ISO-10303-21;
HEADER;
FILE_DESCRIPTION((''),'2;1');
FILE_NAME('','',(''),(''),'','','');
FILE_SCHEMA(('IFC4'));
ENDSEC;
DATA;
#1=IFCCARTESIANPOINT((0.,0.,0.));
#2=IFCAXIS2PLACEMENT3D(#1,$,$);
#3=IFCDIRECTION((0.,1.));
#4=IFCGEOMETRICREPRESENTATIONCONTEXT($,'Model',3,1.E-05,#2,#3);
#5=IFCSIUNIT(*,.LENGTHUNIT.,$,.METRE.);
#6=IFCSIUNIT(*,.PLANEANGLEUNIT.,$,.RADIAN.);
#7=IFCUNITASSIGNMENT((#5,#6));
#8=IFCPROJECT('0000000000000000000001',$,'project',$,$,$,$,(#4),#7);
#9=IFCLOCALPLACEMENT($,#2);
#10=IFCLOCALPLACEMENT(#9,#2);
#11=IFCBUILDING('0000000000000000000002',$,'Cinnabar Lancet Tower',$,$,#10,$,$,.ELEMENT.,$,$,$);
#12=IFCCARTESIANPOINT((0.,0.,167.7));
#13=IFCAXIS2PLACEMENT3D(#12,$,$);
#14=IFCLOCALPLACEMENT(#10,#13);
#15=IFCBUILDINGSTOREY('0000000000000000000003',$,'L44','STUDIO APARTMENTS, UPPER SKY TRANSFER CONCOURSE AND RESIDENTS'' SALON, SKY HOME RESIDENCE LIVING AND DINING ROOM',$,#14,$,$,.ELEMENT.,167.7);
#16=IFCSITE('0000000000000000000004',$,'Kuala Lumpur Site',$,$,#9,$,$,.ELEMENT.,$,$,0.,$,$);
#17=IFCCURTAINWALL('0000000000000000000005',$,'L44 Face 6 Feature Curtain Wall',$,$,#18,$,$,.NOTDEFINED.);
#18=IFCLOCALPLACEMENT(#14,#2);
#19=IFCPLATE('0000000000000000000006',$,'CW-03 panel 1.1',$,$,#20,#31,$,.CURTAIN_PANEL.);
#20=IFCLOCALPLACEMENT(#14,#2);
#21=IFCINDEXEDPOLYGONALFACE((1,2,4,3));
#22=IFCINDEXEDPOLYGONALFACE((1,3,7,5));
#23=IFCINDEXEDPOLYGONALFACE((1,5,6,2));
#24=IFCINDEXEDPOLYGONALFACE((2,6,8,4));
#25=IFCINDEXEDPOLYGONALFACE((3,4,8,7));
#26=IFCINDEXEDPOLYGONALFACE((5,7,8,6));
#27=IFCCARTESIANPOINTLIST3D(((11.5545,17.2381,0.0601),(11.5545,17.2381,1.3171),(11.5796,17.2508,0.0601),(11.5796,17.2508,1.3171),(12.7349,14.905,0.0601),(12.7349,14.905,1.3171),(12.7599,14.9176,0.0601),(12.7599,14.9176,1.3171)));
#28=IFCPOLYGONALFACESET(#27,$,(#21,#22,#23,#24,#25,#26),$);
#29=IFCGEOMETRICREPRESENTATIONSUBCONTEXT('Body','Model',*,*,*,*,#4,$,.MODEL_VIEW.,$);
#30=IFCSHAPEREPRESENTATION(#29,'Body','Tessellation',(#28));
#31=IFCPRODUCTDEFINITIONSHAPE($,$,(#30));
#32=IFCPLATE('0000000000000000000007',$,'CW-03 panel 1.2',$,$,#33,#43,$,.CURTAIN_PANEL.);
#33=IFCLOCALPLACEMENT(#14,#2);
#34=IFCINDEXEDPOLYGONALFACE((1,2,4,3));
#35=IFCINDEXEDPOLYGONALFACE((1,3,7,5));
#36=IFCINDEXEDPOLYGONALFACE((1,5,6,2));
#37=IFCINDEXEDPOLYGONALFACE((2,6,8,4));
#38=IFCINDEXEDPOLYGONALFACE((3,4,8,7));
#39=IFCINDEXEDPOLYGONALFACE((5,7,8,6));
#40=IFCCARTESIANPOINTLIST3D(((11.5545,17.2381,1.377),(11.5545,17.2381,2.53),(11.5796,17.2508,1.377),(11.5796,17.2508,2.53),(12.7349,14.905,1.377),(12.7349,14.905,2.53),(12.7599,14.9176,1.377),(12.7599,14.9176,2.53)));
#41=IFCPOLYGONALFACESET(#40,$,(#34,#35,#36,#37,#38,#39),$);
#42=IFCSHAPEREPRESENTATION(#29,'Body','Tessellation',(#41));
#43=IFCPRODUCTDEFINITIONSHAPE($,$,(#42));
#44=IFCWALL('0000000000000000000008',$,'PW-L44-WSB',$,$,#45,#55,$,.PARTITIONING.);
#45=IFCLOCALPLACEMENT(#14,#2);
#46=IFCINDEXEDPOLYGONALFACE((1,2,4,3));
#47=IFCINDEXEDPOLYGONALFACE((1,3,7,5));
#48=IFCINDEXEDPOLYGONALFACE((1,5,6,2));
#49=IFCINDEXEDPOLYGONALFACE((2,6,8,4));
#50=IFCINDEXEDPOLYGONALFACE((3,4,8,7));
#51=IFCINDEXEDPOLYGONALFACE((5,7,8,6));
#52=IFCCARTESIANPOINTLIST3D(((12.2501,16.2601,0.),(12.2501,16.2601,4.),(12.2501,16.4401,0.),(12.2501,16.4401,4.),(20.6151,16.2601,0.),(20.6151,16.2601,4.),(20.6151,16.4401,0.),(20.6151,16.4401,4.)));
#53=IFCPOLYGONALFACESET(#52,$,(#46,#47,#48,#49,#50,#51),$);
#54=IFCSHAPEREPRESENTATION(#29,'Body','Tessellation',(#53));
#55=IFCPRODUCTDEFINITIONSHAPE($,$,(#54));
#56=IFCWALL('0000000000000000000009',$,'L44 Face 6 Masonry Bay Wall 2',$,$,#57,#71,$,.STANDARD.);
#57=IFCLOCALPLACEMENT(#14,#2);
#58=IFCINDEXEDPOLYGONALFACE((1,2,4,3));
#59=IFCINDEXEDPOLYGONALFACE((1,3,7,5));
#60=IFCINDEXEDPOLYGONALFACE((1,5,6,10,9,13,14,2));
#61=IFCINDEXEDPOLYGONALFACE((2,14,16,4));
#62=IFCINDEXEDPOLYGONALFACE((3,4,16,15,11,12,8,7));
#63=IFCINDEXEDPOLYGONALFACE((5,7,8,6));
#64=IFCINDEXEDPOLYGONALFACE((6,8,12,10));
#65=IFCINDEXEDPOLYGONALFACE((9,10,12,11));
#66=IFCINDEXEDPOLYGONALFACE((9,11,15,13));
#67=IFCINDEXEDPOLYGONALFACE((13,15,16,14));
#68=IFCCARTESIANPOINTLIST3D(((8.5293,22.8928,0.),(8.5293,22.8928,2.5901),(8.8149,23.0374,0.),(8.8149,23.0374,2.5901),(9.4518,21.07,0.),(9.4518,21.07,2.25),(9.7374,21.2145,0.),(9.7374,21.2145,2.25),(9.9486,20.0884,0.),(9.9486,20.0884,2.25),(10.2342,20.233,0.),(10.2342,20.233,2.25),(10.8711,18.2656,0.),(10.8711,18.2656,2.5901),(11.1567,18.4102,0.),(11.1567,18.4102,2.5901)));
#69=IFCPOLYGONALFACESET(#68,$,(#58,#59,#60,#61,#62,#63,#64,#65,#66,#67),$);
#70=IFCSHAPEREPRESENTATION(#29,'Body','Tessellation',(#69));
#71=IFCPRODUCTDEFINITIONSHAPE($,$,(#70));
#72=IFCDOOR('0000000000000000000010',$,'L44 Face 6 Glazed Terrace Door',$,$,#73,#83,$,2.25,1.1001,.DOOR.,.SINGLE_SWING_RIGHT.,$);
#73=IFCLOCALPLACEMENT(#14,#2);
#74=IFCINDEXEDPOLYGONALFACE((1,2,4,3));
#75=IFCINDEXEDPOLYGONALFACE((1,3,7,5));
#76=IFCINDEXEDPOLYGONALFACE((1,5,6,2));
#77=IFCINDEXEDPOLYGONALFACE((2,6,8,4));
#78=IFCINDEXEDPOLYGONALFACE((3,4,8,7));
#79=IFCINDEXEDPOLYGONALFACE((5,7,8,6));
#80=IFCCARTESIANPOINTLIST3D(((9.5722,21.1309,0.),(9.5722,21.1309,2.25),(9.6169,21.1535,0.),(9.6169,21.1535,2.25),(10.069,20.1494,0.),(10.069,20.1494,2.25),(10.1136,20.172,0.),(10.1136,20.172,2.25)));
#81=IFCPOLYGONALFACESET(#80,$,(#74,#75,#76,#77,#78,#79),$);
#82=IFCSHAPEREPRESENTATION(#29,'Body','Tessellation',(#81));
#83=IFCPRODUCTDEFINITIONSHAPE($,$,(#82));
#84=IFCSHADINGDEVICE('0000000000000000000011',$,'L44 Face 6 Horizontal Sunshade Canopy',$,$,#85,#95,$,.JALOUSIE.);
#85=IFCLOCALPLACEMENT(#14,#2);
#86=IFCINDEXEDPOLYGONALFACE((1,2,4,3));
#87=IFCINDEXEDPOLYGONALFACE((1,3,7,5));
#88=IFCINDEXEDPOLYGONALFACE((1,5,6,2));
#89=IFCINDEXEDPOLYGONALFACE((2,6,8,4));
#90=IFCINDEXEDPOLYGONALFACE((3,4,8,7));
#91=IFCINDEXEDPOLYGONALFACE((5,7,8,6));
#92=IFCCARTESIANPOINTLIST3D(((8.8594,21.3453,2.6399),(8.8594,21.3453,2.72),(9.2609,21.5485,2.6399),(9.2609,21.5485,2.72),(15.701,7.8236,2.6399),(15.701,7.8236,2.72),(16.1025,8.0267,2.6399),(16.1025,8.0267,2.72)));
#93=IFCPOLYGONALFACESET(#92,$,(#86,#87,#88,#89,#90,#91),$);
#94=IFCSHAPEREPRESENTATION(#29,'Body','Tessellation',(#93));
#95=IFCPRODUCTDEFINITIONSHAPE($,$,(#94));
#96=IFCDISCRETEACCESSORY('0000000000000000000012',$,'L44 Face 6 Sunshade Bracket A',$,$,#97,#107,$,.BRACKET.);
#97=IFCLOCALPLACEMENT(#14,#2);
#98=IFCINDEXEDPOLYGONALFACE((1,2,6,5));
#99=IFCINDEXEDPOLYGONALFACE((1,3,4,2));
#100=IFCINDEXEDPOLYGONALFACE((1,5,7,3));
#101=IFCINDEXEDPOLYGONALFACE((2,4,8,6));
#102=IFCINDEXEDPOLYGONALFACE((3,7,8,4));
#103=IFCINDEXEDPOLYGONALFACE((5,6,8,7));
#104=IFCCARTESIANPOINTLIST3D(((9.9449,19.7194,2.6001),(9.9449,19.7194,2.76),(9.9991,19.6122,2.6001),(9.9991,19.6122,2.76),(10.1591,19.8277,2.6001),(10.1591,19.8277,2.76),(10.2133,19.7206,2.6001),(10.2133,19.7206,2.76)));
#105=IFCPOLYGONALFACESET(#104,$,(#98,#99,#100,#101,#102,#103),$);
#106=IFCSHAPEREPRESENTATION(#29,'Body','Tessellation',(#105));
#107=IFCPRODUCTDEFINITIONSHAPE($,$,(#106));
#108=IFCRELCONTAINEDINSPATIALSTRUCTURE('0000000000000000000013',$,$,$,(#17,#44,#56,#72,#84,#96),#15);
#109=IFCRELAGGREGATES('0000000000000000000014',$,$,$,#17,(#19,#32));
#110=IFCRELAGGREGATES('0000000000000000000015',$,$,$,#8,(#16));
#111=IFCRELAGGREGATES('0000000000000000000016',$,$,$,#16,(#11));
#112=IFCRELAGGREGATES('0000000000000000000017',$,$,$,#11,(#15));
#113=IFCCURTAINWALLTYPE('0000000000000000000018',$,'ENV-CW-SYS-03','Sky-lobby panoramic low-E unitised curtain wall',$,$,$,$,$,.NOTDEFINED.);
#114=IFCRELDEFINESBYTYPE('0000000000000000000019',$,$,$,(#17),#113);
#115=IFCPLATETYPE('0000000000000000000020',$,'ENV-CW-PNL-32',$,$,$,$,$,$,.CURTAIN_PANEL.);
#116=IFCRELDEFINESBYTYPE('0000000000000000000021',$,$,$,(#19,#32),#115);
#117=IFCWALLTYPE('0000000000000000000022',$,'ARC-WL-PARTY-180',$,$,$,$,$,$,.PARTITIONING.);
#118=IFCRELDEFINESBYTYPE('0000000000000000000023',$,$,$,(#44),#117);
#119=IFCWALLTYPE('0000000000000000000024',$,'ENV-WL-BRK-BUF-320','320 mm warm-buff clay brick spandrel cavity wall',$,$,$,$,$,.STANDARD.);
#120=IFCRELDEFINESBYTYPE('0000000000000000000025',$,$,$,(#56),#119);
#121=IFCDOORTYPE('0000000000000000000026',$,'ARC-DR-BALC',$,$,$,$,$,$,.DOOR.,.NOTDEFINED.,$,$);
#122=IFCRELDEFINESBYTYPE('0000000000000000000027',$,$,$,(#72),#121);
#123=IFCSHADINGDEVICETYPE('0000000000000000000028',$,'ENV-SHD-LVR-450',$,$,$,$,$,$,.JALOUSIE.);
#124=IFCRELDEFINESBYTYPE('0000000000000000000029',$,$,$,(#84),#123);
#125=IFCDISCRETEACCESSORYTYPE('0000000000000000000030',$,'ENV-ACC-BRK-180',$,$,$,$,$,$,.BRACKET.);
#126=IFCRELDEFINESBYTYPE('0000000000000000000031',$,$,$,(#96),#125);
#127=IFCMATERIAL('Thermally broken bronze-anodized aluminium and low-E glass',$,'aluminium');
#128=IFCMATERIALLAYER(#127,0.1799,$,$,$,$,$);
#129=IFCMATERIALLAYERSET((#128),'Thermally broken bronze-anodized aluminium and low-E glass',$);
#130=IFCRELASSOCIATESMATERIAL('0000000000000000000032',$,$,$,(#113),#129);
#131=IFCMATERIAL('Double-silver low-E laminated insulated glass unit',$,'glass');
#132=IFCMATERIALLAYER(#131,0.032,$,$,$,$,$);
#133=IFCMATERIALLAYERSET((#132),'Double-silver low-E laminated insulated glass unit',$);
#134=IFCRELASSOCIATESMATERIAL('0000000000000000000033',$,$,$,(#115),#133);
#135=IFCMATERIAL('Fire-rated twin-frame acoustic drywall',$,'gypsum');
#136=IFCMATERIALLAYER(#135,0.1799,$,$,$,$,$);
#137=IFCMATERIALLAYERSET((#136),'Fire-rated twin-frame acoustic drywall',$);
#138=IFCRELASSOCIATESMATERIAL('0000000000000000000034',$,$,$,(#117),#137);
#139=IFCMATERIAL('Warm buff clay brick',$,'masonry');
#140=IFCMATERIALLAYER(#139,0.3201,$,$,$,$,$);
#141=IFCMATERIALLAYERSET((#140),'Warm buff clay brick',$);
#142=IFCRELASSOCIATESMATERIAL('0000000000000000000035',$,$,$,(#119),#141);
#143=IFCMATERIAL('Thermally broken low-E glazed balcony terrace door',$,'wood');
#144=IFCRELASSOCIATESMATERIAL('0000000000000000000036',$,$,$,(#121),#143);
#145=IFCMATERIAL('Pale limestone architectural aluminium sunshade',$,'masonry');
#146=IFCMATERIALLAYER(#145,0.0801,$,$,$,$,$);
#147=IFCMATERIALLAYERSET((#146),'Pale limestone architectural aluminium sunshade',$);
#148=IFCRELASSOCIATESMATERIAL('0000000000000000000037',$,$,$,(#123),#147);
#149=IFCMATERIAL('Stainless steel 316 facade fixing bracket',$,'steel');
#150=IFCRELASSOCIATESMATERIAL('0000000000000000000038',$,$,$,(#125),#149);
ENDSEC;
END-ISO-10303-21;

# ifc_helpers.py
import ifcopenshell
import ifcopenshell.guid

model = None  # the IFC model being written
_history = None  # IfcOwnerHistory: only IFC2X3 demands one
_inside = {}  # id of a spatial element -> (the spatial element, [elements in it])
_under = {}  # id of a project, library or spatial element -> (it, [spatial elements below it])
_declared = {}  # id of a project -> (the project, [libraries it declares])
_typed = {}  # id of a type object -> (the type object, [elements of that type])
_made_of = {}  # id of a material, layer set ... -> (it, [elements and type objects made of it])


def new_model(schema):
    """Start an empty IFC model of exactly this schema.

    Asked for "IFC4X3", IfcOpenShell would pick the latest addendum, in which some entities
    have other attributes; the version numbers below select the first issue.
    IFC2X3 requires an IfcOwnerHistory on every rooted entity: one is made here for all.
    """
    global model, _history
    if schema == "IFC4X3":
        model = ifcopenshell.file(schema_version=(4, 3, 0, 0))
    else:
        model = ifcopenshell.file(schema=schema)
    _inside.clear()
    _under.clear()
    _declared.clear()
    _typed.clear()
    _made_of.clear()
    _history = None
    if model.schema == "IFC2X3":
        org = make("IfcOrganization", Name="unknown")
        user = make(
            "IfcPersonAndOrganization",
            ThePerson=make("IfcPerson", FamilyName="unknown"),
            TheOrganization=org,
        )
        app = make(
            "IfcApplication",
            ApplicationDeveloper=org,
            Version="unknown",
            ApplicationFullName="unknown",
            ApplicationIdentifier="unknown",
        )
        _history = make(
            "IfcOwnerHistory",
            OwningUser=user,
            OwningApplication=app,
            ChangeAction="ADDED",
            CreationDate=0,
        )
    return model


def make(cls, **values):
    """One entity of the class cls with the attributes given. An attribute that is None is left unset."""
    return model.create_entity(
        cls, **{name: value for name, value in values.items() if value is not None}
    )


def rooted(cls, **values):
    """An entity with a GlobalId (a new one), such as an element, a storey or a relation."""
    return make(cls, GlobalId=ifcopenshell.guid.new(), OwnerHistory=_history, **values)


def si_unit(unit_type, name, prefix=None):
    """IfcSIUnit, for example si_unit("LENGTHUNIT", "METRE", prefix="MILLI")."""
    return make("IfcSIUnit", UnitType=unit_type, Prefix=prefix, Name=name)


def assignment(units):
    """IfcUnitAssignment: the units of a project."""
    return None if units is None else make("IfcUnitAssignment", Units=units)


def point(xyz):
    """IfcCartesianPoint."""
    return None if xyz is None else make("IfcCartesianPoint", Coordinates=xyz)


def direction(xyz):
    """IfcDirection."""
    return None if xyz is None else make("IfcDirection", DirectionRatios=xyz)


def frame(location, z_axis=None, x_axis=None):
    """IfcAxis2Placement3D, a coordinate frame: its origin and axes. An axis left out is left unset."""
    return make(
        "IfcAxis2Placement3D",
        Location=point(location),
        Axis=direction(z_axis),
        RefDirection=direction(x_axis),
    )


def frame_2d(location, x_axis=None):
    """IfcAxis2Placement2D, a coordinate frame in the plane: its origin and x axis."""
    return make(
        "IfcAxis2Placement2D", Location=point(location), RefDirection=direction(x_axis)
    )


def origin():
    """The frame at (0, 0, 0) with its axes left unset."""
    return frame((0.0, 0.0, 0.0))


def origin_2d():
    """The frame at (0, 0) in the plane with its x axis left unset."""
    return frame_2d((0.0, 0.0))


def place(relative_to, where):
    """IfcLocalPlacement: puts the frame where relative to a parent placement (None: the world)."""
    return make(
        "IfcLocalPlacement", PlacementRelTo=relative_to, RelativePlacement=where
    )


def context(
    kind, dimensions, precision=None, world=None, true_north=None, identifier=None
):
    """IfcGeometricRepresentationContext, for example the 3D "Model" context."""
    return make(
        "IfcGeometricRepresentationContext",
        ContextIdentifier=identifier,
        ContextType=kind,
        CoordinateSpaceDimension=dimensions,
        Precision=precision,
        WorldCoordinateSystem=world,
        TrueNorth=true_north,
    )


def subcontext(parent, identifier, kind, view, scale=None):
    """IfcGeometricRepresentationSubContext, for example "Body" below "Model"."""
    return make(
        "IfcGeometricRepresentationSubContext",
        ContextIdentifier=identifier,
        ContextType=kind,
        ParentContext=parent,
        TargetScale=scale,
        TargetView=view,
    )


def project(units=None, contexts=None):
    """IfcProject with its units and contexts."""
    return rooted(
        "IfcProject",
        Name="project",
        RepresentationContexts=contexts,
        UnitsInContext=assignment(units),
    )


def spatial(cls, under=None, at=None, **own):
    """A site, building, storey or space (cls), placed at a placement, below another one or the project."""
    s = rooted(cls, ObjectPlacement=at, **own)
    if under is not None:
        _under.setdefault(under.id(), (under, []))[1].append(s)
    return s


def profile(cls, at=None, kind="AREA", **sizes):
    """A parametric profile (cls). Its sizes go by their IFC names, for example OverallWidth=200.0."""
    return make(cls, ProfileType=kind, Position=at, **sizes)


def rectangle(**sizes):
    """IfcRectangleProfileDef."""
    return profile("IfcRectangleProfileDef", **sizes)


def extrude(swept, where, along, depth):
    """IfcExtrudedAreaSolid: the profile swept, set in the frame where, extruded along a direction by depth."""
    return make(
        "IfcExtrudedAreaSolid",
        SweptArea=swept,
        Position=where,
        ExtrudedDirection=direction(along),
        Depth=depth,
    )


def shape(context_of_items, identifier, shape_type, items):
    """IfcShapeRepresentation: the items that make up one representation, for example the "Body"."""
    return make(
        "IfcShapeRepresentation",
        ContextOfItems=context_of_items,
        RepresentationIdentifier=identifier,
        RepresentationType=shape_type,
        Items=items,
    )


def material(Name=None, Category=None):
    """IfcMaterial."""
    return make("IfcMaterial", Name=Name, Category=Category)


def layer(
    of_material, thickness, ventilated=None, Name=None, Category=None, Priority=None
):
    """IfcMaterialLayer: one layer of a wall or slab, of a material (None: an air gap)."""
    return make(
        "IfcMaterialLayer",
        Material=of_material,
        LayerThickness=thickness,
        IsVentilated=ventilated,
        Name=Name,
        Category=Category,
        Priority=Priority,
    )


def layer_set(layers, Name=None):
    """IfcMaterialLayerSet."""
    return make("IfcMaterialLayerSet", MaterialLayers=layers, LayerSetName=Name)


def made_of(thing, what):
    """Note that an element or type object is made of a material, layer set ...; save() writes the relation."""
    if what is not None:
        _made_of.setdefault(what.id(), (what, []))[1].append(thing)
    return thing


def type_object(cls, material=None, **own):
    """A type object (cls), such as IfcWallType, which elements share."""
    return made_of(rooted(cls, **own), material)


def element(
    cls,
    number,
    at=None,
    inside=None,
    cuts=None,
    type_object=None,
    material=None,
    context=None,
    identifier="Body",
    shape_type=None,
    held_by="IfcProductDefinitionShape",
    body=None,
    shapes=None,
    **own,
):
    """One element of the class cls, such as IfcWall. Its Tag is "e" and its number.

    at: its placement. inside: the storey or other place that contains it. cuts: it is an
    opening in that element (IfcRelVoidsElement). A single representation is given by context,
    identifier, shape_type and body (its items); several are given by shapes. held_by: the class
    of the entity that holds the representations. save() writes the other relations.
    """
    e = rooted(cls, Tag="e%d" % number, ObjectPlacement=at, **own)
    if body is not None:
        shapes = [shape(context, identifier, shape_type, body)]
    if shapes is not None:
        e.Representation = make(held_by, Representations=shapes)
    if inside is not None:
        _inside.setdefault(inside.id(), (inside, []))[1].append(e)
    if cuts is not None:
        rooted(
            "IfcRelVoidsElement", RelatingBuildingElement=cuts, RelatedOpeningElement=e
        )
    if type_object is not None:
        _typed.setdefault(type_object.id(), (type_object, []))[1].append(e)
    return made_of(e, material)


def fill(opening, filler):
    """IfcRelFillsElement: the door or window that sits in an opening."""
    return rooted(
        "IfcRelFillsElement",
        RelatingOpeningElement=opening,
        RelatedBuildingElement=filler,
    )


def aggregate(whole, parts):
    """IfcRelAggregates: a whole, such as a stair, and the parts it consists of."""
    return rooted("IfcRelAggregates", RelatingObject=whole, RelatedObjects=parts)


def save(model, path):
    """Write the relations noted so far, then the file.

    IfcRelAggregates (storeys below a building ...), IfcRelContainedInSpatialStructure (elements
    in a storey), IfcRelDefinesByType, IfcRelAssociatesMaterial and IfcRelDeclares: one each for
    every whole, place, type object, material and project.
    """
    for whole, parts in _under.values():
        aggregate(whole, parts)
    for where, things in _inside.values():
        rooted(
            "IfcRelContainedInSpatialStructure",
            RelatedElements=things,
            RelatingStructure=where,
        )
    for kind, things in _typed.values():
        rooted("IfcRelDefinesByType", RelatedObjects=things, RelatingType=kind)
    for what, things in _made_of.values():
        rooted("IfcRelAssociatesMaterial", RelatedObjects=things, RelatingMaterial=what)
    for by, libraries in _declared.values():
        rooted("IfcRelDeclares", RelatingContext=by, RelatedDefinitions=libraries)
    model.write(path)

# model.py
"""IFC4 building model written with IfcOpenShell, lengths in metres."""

from ifc_helpers import new_model, si_unit, direction, frame, frame_2d, origin, origin_2d, place, context, subcontext, project, spatial, rectangle, extrude, material, layer, layer_set, type_object, element, fill, aggregate, save


model = new_model("IFC4")

# Units and contexts
model_context = context("Model", 3, precision=1e-05, world=origin(), true_north=direction((0.0, 1.0)))
body_context = subcontext(model_context, "Body", "Model", "MODEL_VIEW")
ifc_project = project(units=[si_unit("LENGTHUNIT", "METRE"), si_unit("PLANEANGLEUNIT", "RADIAN")], contexts=[model_context])

# Site, building, storey
site_placement = place(None, origin())
site = spatial("IfcSite", under=ifc_project, at=site_placement, Name="Kuala Lumpur Site", CompositionType="ELEMENT", RefElevation=0.0)
building_placement = place(site_placement, origin())
building = spatial("IfcBuilding", under=site, at=building_placement, Name="Cinnabar Lancet Tower", CompositionType="ELEMENT")
storey_placement = place(building_placement, frame((0.0, 0.0, 167.7)))
storey = spatial("IfcBuildingStorey", under=building, at=storey_placement, Name="L44", Description="STUDIO APARTMENTS, UPPER SKY TRANSFER CONCOURSE AND RESIDENTS' SALON, SKY HOME RESIDENCE LIVING AND DINING ROOM", CompositionType="ELEMENT", Elevation=167.7)

# Curtain wall
ifc_material_1 = material(Name="Thermally broken bronze-anodized aluminium and low-E glass", Category="aluminium")
ifc_layer_1 = layer(ifc_material_1, 0.1799)
ifc_layer_set_1 = layer_set([ifc_layer_1], Name="Thermally broken bronze-anodized aluminium and low-E glass")
curtain_wall_type = type_object("IfcCurtainWallType", Name="ENV-CW-SYS-03", Description="Sky-lobby panoramic low-E unitised curtain wall", PredefinedType="NOTDEFINED", material=ifc_layer_set_1)
curtain_wall_placement = place(storey_placement, origin())
curtain_wall = element("IfcCurtainWall", 1, at=curtain_wall_placement, inside=storey, type_object=curtain_wall_type, Name="L44 Face 6 Feature Curtain Wall", PredefinedType="NOTDEFINED")

# Plates
ifc_material_2 = material(Name="Double-silver low-E laminated insulated glass unit", Category="glass")
ifc_layer_2 = layer(ifc_material_2, 0.032)
ifc_layer_set_2 = layer_set([ifc_layer_2], Name="Double-silver low-E laminated insulated glass unit")
plate_type = type_object("IfcPlateType", Name="ENV-CW-PNL-32", PredefinedType="CURTAIN_PANEL", material=ifc_layer_set_2)
plate_1_placement = place(storey_placement, frame((12.1572, 16.0779, 0.0601), z_axis=(0.0, 0.0, 1.0), x_axis=(0.451423, -0.89231, 0.0)))
plate_1 = element("IfcPlate", 2, at=plate_1_placement, type_object=plate_type, Name="CW-03 panel 1.1", PredefinedType="CURTAIN_PANEL", context=body_context, shape_type="SweptSolid", body=[
    extrude(rectangle(XDim=2.6147, YDim=0.0281, at=origin_2d()), origin(), (0.0, 0.0, 1.0), 1.2571),
])
plate_2_placement = place(storey_placement, frame((12.1572, 16.0779, 1.377), z_axis=(0.0, 0.0, 1.0), x_axis=(0.451423, -0.89231, 0.0)))
plate_2 = element("IfcPlate", 3, at=plate_2_placement, type_object=plate_type, Name="CW-03 panel 1.2", PredefinedType="CURTAIN_PANEL", context=body_context, shape_type="SweptSolid", body=[
    extrude(rectangle(XDim=2.6147, YDim=0.0281, at=origin_2d()), origin(), (0.0, 0.0, 1.0), 1.1531),
])
aggregate(curtain_wall, [plate_1, plate_2])

# Wall
ifc_material_3 = material(Name="Fire-rated twin-frame acoustic drywall", Category="gypsum")
ifc_layer_3 = layer(ifc_material_3, 0.1799)
ifc_layer_set_3 = layer_set([ifc_layer_3], Name="Fire-rated twin-frame acoustic drywall")
wall_type_1 = type_object("IfcWallType", Name="ARC-WL-PARTY-180", PredefinedType="PARTITIONING", material=ifc_layer_set_3)
wall_1_placement = place(storey_placement, frame((12.25, 16.3501, 0.0), z_axis=(0.0, 0.0, 1.0), x_axis=(1.0, 0.0, 0.0)))
element("IfcWall", 4, at=wall_1_placement, inside=storey, type_object=wall_type_1, Name="PW-L44-WSB", PredefinedType="PARTITIONING", context=body_context, shape_type="SweptSolid", body=[
    extrude(rectangle(XDim=8.365, YDim=0.1799, at=frame_2d((4.1826, 0.0))), origin(), (0.0, 0.0, 1.0), 4.0),
])

# Wall, opening, door
ifc_material_4 = material(Name="Warm buff clay brick", Category="masonry")
ifc_layer_4 = layer(ifc_material_4, 0.3201)
ifc_layer_set_4 = layer_set([ifc_layer_4], Name="Warm buff clay brick")
wall_type_2 = type_object("IfcWallType", Name="ENV-WL-BRK-BUF-320", Description="320 mm warm-buff clay brick spandrel cavity wall", PredefinedType="STANDARD", material=ifc_layer_set_4)
wall_2_placement = place(storey_placement, frame((8.6721, 22.9651, 0.0), z_axis=(0.0, 0.0, 1.0), x_axis=(0.451558, -0.892242, 0.0)))
wall_2 = element("IfcWall", 5, at=wall_2_placement, inside=storey, type_object=wall_type_2, Name="L44 Face 6 Masonry Bay Wall 2", PredefinedType="STANDARD", context=body_context, shape_type="SweptSolid", body=[
    extrude(rectangle(XDim=5.186, YDim=0.3201, at=frame_2d((2.593, 0.0))), origin(), (0.0, 0.0, 1.0), 2.5901),
])
opening_placement = place(wall_2_placement, frame((2.043, 0.0, 0.0)))
opening = element("IfcOpeningElement", 6, at=opening_placement, cuts=wall_2, PredefinedType="OPENING", context=body_context, shape_type="SweptSolid", body=[
    extrude(rectangle(XDim=1.1001, YDim=2.25, at=frame_2d((0.55, 1.125))), frame((0.0, 0.1699, 0.0), z_axis=(0.0, -1.0, 0.0), x_axis=(1.0, 0.0, 0.0)), (0.0, 0.0, 1.0), 0.3401),
])
ifc_material_5 = material(Name="Thermally broken low-E glazed balcony terrace door", Category="wood")
door_type = type_object("IfcDoorType", Name="ARC-DR-BALC", OperationType="NOTDEFINED", PredefinedType="DOOR", material=ifc_material_5)
door_placement = place(opening_placement, origin())
door = element("IfcDoor", 7, at=door_placement, inside=storey, type_object=door_type, Name="L44 Face 6 Glazed Terrace Door", OperationType="SINGLE_SWING_RIGHT", OverallHeight=2.25, OverallWidth=1.1001, PredefinedType="DOOR", context=body_context, shape_type="SweptSolid", body=[
    extrude(rectangle(XDim=1.1001, YDim=2.25, at=frame_2d((0.55, 1.125))), frame((0.0, 0.0249, 0.0), z_axis=(0.0, -1.0, 0.0), x_axis=(1.0, 0.0, 0.0)), (0.0, 0.0, 1.0), 0.05),
])
fill(opening, door)

# Shading device
ifc_material_6 = material(Name="Pale limestone architectural aluminium sunshade", Category="masonry")
ifc_layer_5 = layer(ifc_material_6, 0.0801)
ifc_layer_set_5 = layer_set([ifc_layer_5], Name="Pale limestone architectural aluminium sunshade")
shading_device_type = type_object("IfcShadingDeviceType", Name="ENV-SHD-LVR-450", PredefinedType="JALOUSIE", material=ifc_layer_set_5)
shading_device_placement = place(storey_placement, frame((12.481, 14.686, 2.6399), z_axis=(0.0, 0.0, 1.0), x_axis=(0.451469, -0.892287, 0.0)))
element("IfcShadingDevice", 8, at=shading_device_placement, inside=storey, type_object=shading_device_type, Name="L44 Face 6 Horizontal Sunshade Canopy", PredefinedType="JALOUSIE", context=body_context, shape_type="SweptSolid", body=[
    extrude(rectangle(XDim=15.1541, YDim=0.45, at=origin_2d()), origin(), (0.0, 0.0, 1.0), 0.0801),
])

# Discrete accessory
ifc_material_7 = material(Name="Stainless steel 316 facade fixing bracket", Category="steel")
discrete_accessory_type = type_object("IfcDiscreteAccessoryType", Name="ENV-ACC-BRK-180", PredefinedType="BRACKET", material=ifc_material_7)
discrete_accessory_placement = place(storey_placement, frame((10.0791, 19.72, 2.6001), z_axis=(0.0, 0.0, 1.0), x_axis=(0.451469, -0.892287, 0.0)))
element("IfcDiscreteAccessory", 9, at=discrete_accessory_placement, inside=storey, type_object=discrete_accessory_type, Name="L44 Face 6 Sunshade Bracket A", PredefinedType="BRACKET", context=body_context, shape_type="SweptSolid", body=[
    extrude(rectangle(XDim=0.1201, YDim=0.24, at=origin_2d()), origin(), (0.0, 0.0, 1.0), 0.1599),
])

save(model, "model.ifc")
